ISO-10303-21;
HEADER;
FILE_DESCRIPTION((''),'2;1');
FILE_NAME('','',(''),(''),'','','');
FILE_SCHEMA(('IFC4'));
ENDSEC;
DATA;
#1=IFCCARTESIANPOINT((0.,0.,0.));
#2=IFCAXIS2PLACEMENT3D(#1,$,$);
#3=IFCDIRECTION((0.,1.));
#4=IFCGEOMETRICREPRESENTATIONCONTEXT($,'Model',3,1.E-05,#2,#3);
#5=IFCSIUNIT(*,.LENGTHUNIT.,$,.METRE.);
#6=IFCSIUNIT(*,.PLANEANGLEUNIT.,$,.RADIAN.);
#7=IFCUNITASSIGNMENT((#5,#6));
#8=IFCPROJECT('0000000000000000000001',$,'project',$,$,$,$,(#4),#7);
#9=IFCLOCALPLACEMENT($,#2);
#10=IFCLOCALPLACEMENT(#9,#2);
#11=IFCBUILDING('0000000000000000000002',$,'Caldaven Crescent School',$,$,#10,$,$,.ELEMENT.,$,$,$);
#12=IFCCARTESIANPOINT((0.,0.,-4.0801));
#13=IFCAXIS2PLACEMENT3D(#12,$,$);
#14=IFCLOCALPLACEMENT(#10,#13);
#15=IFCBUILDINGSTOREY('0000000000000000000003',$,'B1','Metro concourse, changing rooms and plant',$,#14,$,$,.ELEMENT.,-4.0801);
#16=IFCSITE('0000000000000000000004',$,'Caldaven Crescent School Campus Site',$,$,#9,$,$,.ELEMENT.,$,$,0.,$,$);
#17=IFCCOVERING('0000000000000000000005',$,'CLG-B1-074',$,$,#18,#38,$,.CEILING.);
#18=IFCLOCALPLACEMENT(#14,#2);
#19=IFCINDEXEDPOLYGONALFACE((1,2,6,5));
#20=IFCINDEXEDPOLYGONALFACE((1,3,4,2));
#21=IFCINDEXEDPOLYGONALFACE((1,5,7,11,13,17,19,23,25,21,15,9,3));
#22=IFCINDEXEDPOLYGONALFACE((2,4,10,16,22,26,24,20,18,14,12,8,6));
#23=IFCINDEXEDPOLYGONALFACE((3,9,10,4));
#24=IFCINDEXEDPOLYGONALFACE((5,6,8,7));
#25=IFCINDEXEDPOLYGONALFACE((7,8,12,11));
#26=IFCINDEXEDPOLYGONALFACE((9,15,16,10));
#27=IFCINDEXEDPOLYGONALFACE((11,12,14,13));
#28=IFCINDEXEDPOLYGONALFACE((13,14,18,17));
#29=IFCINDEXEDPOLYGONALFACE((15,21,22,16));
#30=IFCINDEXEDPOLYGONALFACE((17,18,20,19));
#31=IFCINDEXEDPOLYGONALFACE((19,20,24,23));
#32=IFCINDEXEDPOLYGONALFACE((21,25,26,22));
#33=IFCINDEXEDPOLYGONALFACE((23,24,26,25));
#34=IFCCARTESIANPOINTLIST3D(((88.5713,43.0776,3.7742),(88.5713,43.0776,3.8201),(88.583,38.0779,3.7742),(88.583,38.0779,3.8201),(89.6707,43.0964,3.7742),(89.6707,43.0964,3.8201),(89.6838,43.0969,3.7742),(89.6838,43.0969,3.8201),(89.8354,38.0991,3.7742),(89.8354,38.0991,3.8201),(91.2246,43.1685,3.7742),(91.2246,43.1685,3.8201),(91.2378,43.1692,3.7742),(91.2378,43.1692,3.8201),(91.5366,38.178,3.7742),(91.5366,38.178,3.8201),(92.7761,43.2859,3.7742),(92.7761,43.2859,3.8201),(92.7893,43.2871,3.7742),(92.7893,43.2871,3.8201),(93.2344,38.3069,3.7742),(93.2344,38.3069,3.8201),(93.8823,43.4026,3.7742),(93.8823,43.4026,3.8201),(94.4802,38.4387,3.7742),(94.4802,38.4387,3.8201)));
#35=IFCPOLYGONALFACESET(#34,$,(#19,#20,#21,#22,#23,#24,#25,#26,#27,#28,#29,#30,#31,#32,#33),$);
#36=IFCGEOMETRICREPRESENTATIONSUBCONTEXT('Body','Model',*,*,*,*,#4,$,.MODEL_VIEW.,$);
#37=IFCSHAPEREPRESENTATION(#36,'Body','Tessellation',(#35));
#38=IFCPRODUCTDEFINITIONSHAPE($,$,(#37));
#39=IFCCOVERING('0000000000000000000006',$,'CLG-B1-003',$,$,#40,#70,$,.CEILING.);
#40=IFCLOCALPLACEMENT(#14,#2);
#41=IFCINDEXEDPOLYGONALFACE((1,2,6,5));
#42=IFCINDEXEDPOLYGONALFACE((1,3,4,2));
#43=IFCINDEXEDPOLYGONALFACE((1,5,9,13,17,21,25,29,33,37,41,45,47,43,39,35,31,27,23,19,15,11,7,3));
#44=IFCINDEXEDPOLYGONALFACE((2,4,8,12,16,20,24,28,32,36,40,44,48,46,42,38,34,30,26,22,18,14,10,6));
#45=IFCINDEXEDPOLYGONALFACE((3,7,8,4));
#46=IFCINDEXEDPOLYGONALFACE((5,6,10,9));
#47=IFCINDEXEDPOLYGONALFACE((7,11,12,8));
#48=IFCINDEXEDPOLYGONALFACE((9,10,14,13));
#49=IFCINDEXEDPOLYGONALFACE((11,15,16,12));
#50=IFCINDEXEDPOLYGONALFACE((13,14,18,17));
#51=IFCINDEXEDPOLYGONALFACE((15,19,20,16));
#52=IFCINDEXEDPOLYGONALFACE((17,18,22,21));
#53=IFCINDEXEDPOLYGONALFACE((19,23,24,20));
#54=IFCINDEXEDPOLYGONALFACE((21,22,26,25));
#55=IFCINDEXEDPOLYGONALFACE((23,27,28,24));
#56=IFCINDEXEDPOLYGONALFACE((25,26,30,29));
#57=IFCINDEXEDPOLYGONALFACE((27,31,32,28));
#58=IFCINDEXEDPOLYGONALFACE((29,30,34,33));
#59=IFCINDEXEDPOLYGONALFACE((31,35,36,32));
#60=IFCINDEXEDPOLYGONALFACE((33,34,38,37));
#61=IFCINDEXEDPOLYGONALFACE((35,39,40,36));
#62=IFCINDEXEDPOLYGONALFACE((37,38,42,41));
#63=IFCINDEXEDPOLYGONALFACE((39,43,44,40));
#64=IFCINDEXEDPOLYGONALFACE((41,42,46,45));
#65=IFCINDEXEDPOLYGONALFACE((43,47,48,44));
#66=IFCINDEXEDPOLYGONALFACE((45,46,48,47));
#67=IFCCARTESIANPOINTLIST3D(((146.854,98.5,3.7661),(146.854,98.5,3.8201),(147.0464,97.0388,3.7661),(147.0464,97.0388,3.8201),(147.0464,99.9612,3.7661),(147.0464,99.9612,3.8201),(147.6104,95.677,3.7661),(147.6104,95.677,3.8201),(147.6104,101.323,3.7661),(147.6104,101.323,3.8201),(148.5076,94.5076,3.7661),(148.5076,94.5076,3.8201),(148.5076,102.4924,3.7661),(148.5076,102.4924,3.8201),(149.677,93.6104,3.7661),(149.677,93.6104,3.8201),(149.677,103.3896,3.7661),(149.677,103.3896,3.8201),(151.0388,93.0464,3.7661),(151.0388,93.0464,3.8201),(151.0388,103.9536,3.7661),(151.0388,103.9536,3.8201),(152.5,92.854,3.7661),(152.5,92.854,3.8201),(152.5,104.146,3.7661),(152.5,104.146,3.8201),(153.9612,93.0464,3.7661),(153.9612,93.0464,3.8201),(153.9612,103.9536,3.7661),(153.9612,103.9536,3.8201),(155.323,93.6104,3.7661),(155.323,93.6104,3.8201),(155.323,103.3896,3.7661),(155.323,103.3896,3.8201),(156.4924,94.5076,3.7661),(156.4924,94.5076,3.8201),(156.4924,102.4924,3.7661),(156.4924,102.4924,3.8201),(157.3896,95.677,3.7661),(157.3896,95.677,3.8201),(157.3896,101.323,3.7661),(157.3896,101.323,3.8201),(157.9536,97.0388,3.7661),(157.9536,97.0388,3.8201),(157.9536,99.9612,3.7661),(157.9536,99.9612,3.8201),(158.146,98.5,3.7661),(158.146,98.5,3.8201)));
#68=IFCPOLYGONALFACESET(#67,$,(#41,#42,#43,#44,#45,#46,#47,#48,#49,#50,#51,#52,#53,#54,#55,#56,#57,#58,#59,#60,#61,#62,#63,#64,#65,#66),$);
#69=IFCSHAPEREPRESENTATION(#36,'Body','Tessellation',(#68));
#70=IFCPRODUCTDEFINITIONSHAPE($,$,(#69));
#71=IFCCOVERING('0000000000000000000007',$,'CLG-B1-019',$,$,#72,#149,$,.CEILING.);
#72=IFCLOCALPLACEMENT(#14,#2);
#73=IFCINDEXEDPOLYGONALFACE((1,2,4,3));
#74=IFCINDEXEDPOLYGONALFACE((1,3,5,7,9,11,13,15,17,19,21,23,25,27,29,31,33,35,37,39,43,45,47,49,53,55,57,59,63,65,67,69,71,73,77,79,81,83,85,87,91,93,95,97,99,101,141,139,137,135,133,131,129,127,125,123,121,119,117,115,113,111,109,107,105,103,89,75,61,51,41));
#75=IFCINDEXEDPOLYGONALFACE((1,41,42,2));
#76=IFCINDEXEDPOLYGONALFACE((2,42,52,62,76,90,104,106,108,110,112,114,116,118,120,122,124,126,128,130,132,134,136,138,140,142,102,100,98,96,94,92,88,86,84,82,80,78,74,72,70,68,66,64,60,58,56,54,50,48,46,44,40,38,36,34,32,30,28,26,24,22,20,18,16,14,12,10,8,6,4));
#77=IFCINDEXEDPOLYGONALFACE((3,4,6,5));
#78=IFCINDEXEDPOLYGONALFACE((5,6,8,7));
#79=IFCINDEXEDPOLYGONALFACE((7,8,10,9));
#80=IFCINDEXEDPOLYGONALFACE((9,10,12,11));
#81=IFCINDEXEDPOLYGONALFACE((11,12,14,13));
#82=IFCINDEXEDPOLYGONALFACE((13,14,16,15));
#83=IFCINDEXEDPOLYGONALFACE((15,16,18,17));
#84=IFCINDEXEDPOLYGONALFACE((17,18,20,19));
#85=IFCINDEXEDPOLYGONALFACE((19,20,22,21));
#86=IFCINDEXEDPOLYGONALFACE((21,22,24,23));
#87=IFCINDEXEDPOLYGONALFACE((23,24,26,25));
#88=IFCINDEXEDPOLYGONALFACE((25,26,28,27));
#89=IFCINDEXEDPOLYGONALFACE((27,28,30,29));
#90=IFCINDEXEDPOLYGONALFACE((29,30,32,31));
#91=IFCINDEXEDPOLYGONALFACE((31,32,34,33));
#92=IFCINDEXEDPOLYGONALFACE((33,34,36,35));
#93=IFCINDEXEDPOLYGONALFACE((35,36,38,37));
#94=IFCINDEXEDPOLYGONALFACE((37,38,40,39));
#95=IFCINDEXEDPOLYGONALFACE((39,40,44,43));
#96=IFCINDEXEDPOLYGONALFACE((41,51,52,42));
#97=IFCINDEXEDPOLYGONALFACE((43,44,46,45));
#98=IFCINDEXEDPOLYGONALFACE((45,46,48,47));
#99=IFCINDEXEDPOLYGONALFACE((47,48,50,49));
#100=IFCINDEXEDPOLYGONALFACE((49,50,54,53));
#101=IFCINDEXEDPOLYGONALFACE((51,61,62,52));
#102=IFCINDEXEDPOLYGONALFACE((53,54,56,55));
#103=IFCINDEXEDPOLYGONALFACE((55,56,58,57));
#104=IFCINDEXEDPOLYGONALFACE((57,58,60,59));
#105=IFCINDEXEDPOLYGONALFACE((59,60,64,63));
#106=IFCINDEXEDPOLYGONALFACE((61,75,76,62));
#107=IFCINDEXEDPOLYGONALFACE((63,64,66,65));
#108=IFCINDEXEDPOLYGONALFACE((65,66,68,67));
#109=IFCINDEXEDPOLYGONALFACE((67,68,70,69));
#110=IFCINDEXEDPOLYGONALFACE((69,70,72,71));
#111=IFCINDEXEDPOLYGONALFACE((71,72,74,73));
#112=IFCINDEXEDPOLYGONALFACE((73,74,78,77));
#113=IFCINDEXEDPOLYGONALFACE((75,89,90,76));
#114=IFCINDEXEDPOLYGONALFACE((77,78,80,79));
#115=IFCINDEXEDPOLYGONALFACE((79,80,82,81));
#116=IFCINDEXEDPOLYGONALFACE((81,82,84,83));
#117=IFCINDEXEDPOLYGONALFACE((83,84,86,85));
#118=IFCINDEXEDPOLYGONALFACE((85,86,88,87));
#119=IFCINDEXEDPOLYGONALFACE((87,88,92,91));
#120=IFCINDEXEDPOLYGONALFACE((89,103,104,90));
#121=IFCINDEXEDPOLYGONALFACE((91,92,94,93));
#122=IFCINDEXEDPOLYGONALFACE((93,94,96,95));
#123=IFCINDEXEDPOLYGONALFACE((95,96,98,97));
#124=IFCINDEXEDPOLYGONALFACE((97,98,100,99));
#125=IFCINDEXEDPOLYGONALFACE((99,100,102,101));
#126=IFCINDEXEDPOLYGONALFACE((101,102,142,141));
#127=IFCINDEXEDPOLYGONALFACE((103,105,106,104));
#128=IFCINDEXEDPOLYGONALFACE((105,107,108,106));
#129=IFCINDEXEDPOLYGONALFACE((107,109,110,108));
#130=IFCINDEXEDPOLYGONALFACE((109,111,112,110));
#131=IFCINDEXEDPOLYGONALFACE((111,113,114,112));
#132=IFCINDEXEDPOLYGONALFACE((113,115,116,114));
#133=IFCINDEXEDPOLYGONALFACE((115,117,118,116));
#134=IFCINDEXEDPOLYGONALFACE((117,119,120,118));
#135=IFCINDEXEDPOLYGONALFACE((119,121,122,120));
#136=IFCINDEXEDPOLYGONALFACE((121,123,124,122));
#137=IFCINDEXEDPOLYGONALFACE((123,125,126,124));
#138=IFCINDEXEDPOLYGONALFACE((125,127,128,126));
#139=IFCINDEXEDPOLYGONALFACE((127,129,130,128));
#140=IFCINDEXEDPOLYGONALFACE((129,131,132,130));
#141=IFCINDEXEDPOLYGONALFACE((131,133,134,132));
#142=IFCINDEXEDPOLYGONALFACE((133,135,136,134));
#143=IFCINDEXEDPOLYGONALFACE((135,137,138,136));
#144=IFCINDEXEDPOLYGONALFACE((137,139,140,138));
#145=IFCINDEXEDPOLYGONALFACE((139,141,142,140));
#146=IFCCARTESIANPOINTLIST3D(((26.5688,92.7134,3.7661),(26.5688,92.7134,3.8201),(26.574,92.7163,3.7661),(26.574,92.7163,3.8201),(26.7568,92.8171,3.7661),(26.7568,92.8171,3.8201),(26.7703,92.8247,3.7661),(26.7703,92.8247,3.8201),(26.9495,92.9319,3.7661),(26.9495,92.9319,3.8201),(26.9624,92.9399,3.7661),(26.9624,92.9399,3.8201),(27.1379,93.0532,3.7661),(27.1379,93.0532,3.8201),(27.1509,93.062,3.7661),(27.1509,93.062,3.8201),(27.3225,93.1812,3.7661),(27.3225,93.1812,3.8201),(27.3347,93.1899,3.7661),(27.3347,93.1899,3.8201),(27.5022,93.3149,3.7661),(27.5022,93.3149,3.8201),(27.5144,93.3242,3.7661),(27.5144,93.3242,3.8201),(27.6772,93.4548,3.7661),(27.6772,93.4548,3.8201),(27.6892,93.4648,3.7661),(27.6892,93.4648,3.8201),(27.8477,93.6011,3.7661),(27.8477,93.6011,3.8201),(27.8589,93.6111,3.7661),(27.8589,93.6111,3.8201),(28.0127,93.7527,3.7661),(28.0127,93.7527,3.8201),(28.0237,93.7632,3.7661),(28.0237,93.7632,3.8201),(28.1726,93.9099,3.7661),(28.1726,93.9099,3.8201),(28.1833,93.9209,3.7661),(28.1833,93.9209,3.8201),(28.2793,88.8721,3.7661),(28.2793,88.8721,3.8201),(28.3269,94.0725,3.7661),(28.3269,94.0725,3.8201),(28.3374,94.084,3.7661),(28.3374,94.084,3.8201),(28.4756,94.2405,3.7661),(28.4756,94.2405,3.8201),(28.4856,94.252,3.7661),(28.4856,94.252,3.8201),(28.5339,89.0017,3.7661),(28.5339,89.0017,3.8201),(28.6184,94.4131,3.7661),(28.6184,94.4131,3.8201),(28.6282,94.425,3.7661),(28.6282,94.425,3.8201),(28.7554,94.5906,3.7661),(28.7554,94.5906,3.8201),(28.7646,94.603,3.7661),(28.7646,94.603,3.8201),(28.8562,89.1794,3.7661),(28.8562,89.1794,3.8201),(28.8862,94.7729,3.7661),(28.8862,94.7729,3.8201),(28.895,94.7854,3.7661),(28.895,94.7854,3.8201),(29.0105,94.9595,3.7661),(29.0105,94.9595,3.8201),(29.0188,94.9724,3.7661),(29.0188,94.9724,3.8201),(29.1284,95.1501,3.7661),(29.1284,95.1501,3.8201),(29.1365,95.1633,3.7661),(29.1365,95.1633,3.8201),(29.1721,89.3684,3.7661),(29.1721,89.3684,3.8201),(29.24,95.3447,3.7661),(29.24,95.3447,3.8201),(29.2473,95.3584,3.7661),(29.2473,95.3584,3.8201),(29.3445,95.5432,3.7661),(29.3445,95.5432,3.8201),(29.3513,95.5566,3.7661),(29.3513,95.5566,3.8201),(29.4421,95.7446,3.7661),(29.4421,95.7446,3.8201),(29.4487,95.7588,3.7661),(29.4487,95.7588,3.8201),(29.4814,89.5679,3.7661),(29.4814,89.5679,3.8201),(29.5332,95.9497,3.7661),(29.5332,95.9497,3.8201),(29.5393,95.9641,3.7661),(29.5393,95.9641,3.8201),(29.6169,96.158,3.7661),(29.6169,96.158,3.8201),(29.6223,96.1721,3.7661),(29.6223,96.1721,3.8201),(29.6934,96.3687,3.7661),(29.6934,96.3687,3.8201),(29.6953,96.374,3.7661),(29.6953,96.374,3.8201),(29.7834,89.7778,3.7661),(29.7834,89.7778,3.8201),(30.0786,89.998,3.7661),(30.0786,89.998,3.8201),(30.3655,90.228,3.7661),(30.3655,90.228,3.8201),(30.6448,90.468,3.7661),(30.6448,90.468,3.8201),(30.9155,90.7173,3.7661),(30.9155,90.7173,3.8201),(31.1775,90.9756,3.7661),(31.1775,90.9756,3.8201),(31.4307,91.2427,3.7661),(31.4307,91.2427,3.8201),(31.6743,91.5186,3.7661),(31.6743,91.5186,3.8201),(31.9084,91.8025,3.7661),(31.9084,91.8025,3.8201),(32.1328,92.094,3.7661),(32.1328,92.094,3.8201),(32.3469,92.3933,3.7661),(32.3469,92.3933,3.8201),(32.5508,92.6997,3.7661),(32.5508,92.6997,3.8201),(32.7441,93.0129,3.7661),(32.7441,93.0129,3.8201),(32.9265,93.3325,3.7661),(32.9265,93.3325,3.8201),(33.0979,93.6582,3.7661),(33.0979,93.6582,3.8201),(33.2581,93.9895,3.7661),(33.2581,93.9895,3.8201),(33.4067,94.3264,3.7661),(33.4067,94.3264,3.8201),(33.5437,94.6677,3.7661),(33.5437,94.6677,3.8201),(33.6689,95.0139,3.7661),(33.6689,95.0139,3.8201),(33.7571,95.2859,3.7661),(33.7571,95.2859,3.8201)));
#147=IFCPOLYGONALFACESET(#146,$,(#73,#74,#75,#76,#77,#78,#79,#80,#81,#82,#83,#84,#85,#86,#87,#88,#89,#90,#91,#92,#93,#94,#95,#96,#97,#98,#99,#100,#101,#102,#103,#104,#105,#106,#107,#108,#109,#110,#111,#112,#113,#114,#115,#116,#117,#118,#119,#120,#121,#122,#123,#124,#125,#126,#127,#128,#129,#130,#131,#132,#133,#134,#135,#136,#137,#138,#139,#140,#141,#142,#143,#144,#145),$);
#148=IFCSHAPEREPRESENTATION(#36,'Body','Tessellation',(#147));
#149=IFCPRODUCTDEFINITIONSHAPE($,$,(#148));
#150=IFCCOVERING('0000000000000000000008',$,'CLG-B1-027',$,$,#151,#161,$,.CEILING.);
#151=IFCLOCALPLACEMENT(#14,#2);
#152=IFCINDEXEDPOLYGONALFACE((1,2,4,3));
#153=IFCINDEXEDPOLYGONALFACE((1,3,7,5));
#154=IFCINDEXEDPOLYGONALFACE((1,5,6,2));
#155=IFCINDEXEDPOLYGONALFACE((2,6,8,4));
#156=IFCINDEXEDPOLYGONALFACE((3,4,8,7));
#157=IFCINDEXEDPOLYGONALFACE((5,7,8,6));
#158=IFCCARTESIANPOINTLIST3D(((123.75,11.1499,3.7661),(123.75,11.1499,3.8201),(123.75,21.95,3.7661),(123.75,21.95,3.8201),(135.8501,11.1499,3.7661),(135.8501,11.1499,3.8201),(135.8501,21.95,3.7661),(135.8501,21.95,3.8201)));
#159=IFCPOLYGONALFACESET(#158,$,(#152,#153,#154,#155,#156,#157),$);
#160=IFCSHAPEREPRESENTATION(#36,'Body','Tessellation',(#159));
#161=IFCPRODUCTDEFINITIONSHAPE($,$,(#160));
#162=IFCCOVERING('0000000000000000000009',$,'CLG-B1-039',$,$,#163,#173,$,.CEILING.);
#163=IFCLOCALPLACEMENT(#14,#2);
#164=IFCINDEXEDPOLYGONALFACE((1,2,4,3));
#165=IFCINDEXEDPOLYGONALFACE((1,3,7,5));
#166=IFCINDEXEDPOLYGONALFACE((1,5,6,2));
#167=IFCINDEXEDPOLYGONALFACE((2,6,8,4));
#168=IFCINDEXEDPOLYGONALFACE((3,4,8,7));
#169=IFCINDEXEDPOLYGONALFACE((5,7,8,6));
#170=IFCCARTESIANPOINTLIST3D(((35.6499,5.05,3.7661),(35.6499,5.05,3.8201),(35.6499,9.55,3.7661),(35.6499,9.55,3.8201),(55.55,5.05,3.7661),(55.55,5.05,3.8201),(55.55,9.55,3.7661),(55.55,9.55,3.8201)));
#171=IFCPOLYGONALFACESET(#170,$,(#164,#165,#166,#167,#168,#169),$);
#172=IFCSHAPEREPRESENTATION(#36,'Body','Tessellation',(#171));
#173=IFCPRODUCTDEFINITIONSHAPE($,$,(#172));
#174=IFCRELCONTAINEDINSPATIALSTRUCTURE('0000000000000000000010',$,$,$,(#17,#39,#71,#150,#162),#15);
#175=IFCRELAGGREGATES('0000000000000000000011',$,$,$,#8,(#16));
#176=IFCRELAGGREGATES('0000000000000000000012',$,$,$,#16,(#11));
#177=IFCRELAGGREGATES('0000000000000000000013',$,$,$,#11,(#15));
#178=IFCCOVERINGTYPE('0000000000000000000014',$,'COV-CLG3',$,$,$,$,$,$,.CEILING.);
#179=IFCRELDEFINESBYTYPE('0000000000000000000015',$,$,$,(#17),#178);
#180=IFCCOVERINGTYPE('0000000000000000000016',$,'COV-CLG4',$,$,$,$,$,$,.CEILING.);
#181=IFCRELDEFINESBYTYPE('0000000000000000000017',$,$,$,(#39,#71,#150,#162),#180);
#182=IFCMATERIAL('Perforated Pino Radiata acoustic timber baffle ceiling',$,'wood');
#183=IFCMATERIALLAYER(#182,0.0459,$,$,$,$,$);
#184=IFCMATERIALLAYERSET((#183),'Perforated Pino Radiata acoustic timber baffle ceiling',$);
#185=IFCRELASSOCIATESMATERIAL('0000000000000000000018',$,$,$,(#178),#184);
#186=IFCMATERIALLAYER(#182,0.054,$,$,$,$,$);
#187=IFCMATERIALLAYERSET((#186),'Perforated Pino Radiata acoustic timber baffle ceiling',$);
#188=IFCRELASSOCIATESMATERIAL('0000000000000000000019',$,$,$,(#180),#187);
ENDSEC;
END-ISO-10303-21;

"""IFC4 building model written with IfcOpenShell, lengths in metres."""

from ifc_helpers import new_model, si_unit, direction, frame, origin, place, context, subcontext, project, spatial, polyline, outline, extrude, material, layer, layer_set, type_object, element, save


model = new_model("IFC4")

# Units and contexts
model_context = context("Model", 3, precision=1e-05, world=origin(), true_north=direction((0.0, 1.0)))
body_context = subcontext(model_context, "Body", "Model", "MODEL_VIEW")
ifc_project = project(units=[si_unit("LENGTHUNIT", "METRE"), si_unit("PLANEANGLEUNIT", "RADIAN")], contexts=[model_context])

# Site, building, storey
site_placement = place(None, origin())
site = spatial("IfcSite", under=ifc_project, at=site_placement, Name="Caldaven Crescent School Campus Site", CompositionType="ELEMENT", RefElevation=0.0)
building_placement = place(site_placement, origin())
building = spatial("IfcBuilding", under=site, at=building_placement, Name="Caldaven Crescent School", CompositionType="ELEMENT")
storey_placement = place(building_placement, frame((0.0, 0.0, -4.0801)))
storey = spatial("IfcBuildingStorey", under=building, at=storey_placement, Name="B1", Description="Metro concourse, changing rooms and plant", CompositionType="ELEMENT", Elevation=-4.0801)

# Coverings
ifc_material_1 = material(Name="Perforated Pino Radiata acoustic timber baffle ceiling", Category="wood")
ifc_layer_1 = layer(ifc_material_1, 0.0459)
ifc_layer_set_1 = layer_set([ifc_layer_1], Name="Perforated Pino Radiata acoustic timber baffle ceiling")
covering_type_1 = type_object("IfcCoveringType", Name="COV-CLG3", PredefinedType="CEILING", material=ifc_layer_set_1)
covering_1_placement = place(storey_placement, frame((0.0, 0.0, 3.7742)))
element("IfcCovering", 1, at=covering_1_placement, inside=storey, type_object=covering_type_1, Name="CLG-B1-074", PredefinedType="CEILING", context=body_context, shape_type="SweptSolid", body=[
    extrude(outline(polyline([(89.6707, 43.0964), (89.6838, 43.0969), (91.2246, 43.1685), (91.2378, 43.1692), (92.7761, 43.2859), (92.7893, 43.2871), (93.8823, 43.4026), (94.4802, 38.4387), (93.2344, 38.3069), (91.5366, 38.178), (89.8354, 38.0991), (88.583, 38.0779), (88.5713, 43.0776), (89.6707, 43.0964)])), origin(), (0.0, 0.0, 1.0), 0.0459),
])
ifc_layer_2 = layer(ifc_material_1, 0.054)
ifc_layer_set_2 = layer_set([ifc_layer_2], Name="Perforated Pino Radiata acoustic timber baffle ceiling")
covering_type_2 = type_object("IfcCoveringType", Name="COV-CLG4", PredefinedType="CEILING", material=ifc_layer_set_2)
covering_2_placement = place(storey_placement, frame((0.0, 0.0, 3.7661)))
element("IfcCovering", 2, at=covering_2_placement, inside=storey, type_object=covering_type_2, Name="CLG-B1-003", PredefinedType="CEILING", context=body_context, shape_type="SweptSolid", body=[
    extrude(outline(polyline([(157.3896, 95.677), (156.4924, 94.5076), (155.323, 93.6104), (153.9612, 93.0464), (152.5, 92.854), (151.0388, 93.0464), (149.677, 93.6104), (148.5076, 94.5076), (147.6104, 95.677), (147.0464, 97.0388), (146.854, 98.5), (147.0464, 99.9612), (147.6104, 101.323), (148.5076, 102.4924), (149.677, 103.3896), (151.0388, 103.9536), (152.5, 104.146), (153.9612, 103.9536), (155.323, 103.3896), (156.4924, 102.4924), (157.3896, 101.323), (157.9536, 99.9612), (158.146, 98.5), (157.9536, 97.0388), (157.3896, 95.677)])), origin(), (0.0, 0.0, 1.0), 0.054),
])
covering_3_placement = place(storey_placement, frame((0.0, 0.0, 3.7661)))
element("IfcCovering", 3, at=covering_3_placement, inside=storey, type_object=covering_type_2, Name="CLG-B1-019", PredefinedType="CEILING", context=body_context, shape_type="SweptSolid", body=[
    extrude(outline(polyline([(26.574, 92.7163), (26.7568, 92.8171), (26.7703, 92.8247), (26.9495, 92.9319), (26.9624, 92.9399), (27.1379, 93.0532), (27.1509, 93.062), (27.3225, 93.1812), (27.3347, 93.1899), (27.5022, 93.3149), (27.5144, 93.3242), (27.6772, 93.4548), (27.6892, 93.4648), (27.8477, 93.6011), (27.8589, 93.6111), (28.0127, 93.7527), (28.0237, 93.7632), (28.1726, 93.9099), (28.1833, 93.9209), (28.3269, 94.0725), (28.3374, 94.084), (28.4756, 94.2405), (28.4856, 94.252), (28.6184, 94.4131), (28.6282, 94.425), (28.7554, 94.5906), (28.7646, 94.603), (28.8862, 94.7729), (28.895, 94.7854), (29.0105, 94.9595), (29.0188, 94.9724), (29.1284, 95.1501), (29.1365, 95.1633), (29.24, 95.3447), (29.2473, 95.3584), (29.3445, 95.5432), (29.3513, 95.5566), (29.4421, 95.7446), (29.4487, 95.7588), (29.5332, 95.9497), (29.5393, 95.9641), (29.6169, 96.158), (29.6223, 96.1721), (29.6934, 96.3687), (29.6953, 96.374), (33.7571, 95.2859), (33.6689, 95.0139), (33.5437, 94.6677), (33.4067, 94.3264), (33.2581, 93.9895), (33.0979, 93.6582), (32.9265, 93.3325), (32.7441, 93.0129), (32.5508, 92.6997), (32.3469, 92.3933), (32.1328, 92.094), (31.9084, 91.8025), (31.6743, 91.5186), (31.4307, 91.2427), (31.1775, 90.9756), (30.9155, 90.7173), (30.6448, 90.468), (30.3655, 90.228), (30.0786, 89.998), (29.7834, 89.7778), (29.4814, 89.5679), (29.1721, 89.3684), (28.8562, 89.1794), (28.5339, 89.0017), (28.2793, 88.8721), (26.5688, 92.7134), (26.574, 92.7163)])), origin(), (0.0, 0.0, 1.0), 0.054),
])
covering_4_placement = place(storey_placement, frame((0.0, 0.0, 3.7661)))
element("IfcCovering", 4, at=covering_4_placement, inside=storey, type_object=covering_type_2, Name="CLG-B1-027", PredefinedType="CEILING", context=body_context, shape_type="SweptSolid", body=[
    extrude(outline(polyline([(135.8501, 21.95), (135.8501, 11.1499), (123.75, 11.1499), (123.75, 21.95), (135.8501, 21.95)])), origin(), (0.0, 0.0, 1.0), 0.054),
])
covering_5_placement = place(storey_placement, frame((0.0, 0.0, 3.7661)))
element("IfcCovering", 5, at=covering_5_placement, inside=storey, type_object=covering_type_2, Name="CLG-B1-039", PredefinedType="CEILING", context=body_context, shape_type="SweptSolid", body=[
    extrude(outline(polyline([(55.55, 9.55), (55.55, 5.05), (35.6499, 5.05), (35.6499, 9.55), (55.55, 9.55)])), origin(), (0.0, 0.0, 1.0), 0.054),
])

save(model, "model.ifc")
